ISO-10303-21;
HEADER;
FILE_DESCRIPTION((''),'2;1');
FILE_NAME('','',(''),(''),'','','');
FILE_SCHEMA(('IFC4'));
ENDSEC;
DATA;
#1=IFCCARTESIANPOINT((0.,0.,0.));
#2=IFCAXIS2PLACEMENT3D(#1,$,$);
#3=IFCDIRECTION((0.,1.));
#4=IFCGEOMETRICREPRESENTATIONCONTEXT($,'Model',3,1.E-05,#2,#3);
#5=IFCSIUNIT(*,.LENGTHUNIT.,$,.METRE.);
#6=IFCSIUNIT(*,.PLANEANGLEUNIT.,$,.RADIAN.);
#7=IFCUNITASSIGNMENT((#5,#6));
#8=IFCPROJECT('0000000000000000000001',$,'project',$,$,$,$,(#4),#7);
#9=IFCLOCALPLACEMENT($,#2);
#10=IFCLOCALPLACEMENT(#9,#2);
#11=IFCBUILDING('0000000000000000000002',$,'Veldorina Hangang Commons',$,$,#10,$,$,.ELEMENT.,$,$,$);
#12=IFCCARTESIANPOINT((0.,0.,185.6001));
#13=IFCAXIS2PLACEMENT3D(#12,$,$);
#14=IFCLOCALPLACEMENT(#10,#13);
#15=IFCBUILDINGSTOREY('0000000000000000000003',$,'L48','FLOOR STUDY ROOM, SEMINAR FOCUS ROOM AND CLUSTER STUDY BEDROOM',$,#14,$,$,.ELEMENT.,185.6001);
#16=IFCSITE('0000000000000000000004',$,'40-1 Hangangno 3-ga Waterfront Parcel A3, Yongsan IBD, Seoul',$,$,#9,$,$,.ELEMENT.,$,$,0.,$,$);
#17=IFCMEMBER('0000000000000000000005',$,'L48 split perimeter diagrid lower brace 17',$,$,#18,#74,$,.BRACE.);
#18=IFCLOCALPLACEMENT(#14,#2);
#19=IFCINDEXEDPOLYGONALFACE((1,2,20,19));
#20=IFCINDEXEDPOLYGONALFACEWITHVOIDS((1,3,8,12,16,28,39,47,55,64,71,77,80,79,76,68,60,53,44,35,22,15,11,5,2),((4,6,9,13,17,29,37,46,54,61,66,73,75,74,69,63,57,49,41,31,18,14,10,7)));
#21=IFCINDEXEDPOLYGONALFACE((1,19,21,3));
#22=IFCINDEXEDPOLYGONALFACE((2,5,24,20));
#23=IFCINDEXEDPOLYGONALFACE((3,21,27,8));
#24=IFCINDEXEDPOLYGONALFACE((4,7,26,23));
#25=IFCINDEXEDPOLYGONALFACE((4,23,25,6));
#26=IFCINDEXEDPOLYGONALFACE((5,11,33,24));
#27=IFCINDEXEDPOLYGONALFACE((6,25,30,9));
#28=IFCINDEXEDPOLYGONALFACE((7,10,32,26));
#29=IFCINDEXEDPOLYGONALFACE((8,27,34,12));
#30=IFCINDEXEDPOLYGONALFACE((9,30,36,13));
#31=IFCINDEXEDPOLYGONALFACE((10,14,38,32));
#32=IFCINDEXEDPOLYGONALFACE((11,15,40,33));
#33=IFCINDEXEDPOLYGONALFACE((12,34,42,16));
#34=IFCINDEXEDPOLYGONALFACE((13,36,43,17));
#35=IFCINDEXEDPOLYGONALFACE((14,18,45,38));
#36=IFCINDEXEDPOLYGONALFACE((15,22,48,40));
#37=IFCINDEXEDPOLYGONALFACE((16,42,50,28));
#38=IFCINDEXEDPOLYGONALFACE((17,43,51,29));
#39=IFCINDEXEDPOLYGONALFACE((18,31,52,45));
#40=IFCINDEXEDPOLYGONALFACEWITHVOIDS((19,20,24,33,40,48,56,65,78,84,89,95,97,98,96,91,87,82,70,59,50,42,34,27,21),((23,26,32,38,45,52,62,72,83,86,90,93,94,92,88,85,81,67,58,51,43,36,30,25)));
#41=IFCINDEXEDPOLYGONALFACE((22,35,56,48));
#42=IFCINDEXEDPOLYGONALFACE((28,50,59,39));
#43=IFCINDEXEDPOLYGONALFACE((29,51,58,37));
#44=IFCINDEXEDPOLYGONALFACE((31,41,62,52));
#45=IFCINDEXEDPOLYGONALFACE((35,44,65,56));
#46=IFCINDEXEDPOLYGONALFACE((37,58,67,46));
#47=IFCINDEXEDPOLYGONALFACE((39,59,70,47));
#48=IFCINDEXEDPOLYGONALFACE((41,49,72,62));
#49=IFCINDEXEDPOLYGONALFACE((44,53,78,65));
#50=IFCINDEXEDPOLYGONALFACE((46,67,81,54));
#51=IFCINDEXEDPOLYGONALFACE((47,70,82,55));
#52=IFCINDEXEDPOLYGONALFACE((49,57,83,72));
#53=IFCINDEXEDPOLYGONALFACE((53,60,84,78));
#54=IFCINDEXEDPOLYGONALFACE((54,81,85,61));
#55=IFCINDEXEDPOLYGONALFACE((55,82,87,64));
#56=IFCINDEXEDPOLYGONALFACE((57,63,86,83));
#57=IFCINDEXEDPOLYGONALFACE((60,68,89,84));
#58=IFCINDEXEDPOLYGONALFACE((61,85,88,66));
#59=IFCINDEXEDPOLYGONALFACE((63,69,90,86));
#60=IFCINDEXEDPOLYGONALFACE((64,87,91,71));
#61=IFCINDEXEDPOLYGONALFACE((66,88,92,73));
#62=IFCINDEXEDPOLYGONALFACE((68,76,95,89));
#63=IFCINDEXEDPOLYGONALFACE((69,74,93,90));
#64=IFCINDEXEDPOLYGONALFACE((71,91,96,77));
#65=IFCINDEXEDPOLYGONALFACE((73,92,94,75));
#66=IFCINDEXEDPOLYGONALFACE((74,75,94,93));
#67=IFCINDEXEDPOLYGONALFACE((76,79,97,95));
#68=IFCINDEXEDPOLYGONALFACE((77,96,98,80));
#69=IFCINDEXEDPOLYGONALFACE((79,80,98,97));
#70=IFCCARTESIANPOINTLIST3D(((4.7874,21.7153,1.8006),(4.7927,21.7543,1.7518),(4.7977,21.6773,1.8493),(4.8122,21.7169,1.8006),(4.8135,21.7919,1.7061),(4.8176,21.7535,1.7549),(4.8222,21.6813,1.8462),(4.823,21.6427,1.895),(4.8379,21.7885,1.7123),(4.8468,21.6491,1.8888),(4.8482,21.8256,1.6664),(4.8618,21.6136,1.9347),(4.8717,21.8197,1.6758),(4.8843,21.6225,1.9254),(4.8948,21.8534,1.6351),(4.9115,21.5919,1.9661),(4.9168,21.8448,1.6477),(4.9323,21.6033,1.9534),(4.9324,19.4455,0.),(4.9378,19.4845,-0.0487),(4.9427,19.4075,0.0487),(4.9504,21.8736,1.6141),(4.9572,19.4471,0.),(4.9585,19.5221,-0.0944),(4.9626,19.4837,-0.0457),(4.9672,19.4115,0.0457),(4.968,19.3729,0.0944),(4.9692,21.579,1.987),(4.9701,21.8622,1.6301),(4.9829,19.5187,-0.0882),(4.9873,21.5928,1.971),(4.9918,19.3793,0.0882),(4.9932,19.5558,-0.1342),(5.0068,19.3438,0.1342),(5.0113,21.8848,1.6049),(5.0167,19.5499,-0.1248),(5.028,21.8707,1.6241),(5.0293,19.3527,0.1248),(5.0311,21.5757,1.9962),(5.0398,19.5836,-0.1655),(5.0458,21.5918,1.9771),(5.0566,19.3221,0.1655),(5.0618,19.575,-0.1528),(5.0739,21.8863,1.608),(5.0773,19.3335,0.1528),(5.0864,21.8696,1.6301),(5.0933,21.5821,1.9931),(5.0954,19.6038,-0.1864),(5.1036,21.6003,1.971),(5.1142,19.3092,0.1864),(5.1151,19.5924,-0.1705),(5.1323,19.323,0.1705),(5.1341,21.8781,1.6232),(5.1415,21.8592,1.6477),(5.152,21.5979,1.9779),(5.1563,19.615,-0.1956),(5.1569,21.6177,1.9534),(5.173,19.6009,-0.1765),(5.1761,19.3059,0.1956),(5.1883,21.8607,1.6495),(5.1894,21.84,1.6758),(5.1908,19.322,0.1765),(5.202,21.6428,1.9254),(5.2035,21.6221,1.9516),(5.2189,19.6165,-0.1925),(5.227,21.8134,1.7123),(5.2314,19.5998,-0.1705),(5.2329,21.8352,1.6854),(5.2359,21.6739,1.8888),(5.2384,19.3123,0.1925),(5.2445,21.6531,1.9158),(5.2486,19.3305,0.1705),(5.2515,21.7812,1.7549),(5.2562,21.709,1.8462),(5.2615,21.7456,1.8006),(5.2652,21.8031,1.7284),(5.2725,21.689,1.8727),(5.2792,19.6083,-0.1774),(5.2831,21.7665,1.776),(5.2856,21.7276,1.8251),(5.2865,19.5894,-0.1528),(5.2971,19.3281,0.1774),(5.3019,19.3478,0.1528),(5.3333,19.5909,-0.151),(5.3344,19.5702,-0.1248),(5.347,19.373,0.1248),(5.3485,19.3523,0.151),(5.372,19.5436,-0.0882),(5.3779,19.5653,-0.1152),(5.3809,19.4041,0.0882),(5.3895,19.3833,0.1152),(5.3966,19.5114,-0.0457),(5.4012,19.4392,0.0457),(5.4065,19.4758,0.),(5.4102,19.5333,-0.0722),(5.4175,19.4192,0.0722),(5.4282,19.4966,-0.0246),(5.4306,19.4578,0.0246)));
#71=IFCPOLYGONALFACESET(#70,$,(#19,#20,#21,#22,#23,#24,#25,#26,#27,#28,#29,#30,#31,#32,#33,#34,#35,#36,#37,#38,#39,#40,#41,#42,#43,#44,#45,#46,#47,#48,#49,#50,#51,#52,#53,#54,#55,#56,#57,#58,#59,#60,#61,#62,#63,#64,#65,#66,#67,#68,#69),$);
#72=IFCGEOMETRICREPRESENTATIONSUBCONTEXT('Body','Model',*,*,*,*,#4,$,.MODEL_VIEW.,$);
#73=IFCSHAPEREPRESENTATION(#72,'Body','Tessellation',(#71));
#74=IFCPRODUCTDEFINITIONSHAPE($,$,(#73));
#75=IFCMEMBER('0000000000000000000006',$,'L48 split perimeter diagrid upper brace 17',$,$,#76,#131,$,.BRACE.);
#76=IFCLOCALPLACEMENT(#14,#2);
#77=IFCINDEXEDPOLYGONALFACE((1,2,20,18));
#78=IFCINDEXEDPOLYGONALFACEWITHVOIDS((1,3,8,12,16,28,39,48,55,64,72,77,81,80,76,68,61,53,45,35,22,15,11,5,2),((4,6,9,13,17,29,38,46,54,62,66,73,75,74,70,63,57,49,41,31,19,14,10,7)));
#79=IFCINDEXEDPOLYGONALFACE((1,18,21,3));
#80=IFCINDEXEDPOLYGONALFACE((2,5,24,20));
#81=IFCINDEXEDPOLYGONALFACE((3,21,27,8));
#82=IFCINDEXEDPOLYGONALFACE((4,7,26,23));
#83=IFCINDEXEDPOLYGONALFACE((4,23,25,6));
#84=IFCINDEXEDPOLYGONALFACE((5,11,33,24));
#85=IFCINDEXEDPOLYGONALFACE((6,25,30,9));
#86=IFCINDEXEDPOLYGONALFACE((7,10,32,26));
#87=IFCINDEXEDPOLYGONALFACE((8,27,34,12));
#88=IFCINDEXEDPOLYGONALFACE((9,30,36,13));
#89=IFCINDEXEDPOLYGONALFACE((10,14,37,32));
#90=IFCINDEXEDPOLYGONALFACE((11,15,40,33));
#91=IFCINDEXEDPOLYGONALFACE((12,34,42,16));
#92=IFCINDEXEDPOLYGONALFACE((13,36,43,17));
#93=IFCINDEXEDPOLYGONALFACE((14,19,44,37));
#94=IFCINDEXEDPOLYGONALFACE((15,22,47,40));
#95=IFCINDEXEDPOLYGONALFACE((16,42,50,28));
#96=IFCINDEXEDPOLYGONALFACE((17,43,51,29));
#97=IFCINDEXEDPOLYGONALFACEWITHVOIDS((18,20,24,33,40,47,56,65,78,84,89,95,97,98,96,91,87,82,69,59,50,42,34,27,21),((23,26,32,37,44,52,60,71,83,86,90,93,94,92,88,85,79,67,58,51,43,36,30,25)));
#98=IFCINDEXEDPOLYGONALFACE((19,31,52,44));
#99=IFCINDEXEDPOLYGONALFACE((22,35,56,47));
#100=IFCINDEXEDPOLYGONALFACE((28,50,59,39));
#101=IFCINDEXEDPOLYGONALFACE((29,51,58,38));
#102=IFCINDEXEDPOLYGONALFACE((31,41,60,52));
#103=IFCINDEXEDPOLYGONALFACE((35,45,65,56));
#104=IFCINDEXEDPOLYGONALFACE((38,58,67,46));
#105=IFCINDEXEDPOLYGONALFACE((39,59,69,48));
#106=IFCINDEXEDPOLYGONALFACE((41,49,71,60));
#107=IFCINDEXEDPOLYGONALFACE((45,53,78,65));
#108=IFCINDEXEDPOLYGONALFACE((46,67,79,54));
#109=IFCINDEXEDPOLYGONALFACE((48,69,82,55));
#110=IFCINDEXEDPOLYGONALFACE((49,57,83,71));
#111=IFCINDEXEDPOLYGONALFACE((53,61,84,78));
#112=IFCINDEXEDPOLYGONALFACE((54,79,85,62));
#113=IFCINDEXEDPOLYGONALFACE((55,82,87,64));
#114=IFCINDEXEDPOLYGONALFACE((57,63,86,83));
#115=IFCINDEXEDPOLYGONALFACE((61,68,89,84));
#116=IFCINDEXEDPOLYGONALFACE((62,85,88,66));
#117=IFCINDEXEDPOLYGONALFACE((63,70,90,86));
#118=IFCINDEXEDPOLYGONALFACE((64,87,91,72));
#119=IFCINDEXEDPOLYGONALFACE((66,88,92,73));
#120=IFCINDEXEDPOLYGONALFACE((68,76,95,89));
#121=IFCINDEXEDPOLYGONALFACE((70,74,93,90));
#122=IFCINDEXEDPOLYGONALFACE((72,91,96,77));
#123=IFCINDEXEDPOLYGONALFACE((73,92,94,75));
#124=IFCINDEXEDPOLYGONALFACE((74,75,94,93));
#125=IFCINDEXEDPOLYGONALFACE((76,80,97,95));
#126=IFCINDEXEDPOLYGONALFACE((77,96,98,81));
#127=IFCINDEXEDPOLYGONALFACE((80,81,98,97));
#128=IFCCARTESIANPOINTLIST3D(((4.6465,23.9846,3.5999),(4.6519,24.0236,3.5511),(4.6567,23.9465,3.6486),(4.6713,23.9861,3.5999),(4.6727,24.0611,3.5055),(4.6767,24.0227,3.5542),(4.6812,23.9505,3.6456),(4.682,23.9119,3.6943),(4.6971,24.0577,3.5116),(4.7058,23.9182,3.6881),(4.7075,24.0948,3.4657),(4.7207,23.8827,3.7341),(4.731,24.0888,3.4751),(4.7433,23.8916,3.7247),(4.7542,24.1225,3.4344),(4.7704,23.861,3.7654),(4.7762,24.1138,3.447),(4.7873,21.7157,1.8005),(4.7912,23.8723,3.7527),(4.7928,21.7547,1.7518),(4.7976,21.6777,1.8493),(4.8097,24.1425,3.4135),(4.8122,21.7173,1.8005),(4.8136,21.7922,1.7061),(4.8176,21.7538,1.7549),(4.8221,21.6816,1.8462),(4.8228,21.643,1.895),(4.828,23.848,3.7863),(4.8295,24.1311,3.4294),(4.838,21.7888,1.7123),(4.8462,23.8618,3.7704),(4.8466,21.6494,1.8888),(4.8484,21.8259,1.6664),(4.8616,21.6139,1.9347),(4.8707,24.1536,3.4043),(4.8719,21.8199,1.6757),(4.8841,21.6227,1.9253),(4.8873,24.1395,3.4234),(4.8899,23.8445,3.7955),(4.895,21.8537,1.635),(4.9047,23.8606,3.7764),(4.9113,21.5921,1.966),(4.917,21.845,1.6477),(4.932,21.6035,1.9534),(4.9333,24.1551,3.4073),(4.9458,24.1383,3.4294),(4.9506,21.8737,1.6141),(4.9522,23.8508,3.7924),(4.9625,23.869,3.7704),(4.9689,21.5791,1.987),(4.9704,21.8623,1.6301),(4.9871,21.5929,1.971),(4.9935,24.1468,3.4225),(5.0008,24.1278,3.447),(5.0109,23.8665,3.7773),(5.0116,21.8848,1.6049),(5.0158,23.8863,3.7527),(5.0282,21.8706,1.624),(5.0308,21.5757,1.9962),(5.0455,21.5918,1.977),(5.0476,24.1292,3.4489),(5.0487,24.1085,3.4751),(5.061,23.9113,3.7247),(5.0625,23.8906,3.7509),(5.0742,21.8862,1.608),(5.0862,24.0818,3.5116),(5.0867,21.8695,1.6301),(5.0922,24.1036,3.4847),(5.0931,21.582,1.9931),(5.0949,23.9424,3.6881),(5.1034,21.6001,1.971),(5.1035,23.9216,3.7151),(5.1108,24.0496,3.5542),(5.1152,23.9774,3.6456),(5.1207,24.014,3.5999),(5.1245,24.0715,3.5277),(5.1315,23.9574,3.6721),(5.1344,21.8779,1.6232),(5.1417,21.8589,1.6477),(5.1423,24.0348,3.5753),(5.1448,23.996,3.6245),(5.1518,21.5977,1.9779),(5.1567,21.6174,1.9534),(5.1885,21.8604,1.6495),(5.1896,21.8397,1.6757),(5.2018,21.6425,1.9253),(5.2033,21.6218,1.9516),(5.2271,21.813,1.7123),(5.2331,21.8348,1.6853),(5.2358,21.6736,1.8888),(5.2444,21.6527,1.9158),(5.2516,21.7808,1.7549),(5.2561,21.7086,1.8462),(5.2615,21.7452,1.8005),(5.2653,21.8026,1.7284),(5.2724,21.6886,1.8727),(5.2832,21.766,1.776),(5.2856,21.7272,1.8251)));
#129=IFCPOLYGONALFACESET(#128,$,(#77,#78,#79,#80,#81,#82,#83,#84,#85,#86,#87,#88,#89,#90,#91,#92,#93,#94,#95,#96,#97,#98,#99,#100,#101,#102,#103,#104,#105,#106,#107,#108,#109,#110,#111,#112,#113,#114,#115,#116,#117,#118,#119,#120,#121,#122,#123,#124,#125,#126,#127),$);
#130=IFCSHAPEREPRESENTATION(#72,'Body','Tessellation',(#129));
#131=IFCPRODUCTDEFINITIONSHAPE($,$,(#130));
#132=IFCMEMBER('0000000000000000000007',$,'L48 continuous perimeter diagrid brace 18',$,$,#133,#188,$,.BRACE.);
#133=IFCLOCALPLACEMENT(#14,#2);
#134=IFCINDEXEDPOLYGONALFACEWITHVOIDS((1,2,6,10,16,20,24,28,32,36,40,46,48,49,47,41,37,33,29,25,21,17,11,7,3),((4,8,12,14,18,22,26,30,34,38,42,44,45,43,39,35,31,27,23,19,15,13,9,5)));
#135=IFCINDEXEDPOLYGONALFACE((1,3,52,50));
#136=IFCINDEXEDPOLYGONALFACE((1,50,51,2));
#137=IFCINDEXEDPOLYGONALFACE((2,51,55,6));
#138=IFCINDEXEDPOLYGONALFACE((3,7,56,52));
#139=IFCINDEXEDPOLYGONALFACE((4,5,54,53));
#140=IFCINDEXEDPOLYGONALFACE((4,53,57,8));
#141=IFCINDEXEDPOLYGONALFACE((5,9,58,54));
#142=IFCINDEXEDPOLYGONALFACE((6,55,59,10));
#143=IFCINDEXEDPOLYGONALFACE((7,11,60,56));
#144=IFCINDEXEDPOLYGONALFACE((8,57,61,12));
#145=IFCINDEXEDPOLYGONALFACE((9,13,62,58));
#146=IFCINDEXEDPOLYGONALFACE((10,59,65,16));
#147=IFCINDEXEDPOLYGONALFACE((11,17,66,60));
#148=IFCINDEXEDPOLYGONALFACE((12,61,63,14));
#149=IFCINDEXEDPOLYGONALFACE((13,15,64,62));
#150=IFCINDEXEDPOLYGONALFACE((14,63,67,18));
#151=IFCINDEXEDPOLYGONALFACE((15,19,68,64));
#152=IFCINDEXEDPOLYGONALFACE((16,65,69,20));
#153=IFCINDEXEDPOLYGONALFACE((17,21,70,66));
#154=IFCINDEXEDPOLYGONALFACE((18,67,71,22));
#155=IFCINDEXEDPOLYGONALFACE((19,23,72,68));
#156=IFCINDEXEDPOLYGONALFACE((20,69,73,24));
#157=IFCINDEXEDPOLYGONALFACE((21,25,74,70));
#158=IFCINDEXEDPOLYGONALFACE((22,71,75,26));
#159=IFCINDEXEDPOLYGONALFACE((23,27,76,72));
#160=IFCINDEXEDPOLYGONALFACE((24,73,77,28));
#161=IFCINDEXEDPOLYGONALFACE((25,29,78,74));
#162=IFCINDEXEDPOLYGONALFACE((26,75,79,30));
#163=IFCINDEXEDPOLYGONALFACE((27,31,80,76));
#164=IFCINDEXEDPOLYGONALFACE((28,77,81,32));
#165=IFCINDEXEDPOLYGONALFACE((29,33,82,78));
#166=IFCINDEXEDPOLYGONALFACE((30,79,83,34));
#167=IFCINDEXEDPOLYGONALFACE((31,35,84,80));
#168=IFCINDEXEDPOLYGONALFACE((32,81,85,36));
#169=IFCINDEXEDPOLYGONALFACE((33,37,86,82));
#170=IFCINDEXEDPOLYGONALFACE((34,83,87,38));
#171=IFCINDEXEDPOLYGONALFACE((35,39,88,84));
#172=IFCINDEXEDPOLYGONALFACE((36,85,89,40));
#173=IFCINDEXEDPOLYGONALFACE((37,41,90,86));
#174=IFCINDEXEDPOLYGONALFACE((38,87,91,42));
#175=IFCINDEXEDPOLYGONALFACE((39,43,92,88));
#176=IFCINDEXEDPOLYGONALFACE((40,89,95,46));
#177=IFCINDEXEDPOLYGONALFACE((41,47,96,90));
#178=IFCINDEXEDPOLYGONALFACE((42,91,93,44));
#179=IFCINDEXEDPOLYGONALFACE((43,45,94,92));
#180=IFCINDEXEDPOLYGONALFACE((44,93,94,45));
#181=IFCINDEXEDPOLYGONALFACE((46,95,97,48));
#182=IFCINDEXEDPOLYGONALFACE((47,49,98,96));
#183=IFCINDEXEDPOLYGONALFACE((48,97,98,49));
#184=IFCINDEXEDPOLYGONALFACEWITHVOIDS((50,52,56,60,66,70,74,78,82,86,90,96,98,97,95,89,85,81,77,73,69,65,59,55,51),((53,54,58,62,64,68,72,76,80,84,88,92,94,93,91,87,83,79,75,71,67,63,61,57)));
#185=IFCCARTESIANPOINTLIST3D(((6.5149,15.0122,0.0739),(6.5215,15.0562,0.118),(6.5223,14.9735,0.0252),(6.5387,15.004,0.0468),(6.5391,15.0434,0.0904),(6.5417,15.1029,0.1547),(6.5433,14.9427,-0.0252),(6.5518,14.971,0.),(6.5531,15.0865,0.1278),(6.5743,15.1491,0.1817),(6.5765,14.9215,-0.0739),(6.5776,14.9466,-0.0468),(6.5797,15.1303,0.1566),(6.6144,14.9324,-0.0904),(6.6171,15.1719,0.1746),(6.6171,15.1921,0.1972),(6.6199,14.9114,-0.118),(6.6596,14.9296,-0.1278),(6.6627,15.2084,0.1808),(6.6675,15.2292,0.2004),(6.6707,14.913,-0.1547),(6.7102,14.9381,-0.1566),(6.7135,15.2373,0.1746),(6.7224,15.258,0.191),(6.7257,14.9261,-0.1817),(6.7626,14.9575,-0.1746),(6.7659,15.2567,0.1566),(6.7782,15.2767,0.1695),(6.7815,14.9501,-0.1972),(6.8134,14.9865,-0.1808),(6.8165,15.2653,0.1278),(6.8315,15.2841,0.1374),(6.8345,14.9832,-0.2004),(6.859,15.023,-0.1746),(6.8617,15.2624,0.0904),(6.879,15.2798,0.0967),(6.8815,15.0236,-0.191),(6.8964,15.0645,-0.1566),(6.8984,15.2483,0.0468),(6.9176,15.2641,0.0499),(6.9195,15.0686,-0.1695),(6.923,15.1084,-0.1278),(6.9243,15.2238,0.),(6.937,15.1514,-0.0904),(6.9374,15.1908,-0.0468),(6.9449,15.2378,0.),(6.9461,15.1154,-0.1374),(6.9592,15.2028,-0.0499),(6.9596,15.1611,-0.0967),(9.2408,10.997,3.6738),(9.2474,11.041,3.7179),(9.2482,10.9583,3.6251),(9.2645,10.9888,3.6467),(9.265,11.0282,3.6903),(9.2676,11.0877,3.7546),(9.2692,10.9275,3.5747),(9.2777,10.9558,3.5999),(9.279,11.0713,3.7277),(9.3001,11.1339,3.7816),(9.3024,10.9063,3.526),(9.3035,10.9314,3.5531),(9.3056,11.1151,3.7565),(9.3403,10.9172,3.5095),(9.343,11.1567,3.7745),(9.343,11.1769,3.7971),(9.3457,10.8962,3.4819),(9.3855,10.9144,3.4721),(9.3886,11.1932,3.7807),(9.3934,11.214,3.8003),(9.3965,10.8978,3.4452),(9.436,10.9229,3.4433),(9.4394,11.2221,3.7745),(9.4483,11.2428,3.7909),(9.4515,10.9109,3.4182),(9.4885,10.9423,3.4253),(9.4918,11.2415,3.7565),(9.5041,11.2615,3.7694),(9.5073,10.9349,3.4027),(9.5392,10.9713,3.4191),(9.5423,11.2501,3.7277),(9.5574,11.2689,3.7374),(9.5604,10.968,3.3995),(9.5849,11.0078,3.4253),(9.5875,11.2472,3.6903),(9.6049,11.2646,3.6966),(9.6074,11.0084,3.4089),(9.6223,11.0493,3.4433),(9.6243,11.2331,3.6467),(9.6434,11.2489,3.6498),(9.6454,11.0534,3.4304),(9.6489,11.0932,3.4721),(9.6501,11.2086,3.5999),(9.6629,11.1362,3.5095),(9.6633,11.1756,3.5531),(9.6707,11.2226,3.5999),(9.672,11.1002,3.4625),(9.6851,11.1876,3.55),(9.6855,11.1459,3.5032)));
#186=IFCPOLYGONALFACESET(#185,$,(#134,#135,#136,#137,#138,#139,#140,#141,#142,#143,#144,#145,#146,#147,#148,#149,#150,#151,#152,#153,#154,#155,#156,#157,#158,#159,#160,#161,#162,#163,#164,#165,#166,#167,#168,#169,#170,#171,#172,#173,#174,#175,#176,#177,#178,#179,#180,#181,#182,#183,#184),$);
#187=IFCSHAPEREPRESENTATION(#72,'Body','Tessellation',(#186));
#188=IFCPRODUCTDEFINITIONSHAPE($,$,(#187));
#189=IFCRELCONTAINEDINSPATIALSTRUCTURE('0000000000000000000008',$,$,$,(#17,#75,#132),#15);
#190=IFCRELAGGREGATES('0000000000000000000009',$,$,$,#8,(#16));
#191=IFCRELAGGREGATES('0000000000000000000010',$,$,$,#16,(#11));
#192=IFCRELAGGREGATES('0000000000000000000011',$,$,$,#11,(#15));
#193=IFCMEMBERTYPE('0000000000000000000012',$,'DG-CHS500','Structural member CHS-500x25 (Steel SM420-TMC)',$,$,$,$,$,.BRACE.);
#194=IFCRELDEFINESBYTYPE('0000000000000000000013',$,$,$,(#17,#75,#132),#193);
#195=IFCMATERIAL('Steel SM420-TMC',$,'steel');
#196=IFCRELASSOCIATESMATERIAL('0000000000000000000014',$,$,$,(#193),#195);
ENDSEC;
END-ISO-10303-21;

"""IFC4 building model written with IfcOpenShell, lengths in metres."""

from ifc_helpers import new_model, si_unit, direction, frame, origin, origin_2d, place, context, subcontext, project, spatial, hollow_circle, extrude, material, material_profile, profile_set, type_object, element, save


model = new_model("IFC4")

# Units and contexts
model_context = context("Model", 3, precision=1e-05, world=origin(), true_north=direction((0.0, 1.0)))
body_context = subcontext(model_context, "Body", "Model", "MODEL_VIEW")
ifc_project = project(units=[si_unit("LENGTHUNIT", "METRE"), si_unit("PLANEANGLEUNIT", "RADIAN")], contexts=[model_context])

# Site, building, storey
site_placement = place(None, origin())
site = spatial("IfcSite", under=ifc_project, at=site_placement, Name="40-1 Hangangno 3-ga Waterfront Parcel A3, Yongsan IBD, Seoul", CompositionType="ELEMENT", RefElevation=0.0)
building_placement = place(site_placement, origin())
building = spatial("IfcBuilding", under=site, at=building_placement, Name="Veldorina Hangang Commons", CompositionType="ELEMENT")
storey_placement = place(building_placement, frame((0.0, 0.0, 185.6001)))
storey = spatial("IfcBuildingStorey", under=building, at=storey_placement, Name="L48", Description="FLOOR STUDY ROOM, SEMINAR FOCUS ROOM AND CLUSTER STUDY BEDROOM", CompositionType="ELEMENT", Elevation=185.6001)

# Shared definitions
ifc_material_1 = material(Name="Steel SM420-TMC", Category="steel")

# Members
ifc_material_profile_1 = material_profile(ifc_material_1, hollow_circle(Radius=0.25, WallThickness=0.0249, at=origin_2d()), Name="CHS-500x25")
ifc_profile_set_1 = profile_set([ifc_material_profile_1], Name="Steel SM420-TMC")
member_type = type_object("IfcMemberType", Name="DG-CHS500", Description="Structural member CHS-500x25 (Steel SM420-TMC)", PredefinedType="BRACE", material=ifc_profile_set_1)
member_1_placement = place(storey_placement, frame((5.1819, 19.4614, 0.0), z_axis=(-0.049992, 0.782456, 0.620696), x_axis=(-0.997965, -0.063762, 0.0)))
element("IfcMember", 1, at=member_1_placement, inside=storey, type_object=member_type, Name="L48 split perimeter diagrid lower brace 17", PredefinedType="BRACE", context=body_context, shape_type="SweptSolid", body=[
    extrude(hollow_circle(Radius=0.25, WallThickness=0.0249, at=origin_2d()), origin(), (0.0, 0.0, 1.0), 2.9009),
])
member_2_placement = place(storey_placement, frame((5.0369, 21.7312, 1.8005), z_axis=(-0.04859, 0.782585, 0.620645), x_axis=(-0.998078, -0.06197, 0.0)))
element("IfcMember", 2, at=member_2_placement, inside=storey, type_object=member_type, Name="L48 split perimeter diagrid upper brace 17", PredefinedType="BRACE", context=body_context, shape_type="SweptSolid", body=[
    extrude(hollow_circle(Radius=0.25, WallThickness=0.0249, at=origin_2d()), origin(), (0.0, 0.0, 1.0), 2.8992),
])
member_3_placement = place(storey_placement, frame((6.738, 15.0974, 0.0), z_axis=(0.451118, -0.664495, 0.595767), x_axis=(0.827354, 0.561681, 0.0)))
element("IfcMember", 3, at=member_3_placement, inside=storey, type_object=member_type, Name="L48 continuous perimeter diagrid brace 18", PredefinedType="BRACE", context=body_context, shape_type="SweptSolid", body=[
    extrude(hollow_circle(Radius=0.25, WallThickness=0.0249, at=origin_2d()), origin(), (0.0, 0.0, 1.0), 6.0425),
])

save(model, "model.ifc")
